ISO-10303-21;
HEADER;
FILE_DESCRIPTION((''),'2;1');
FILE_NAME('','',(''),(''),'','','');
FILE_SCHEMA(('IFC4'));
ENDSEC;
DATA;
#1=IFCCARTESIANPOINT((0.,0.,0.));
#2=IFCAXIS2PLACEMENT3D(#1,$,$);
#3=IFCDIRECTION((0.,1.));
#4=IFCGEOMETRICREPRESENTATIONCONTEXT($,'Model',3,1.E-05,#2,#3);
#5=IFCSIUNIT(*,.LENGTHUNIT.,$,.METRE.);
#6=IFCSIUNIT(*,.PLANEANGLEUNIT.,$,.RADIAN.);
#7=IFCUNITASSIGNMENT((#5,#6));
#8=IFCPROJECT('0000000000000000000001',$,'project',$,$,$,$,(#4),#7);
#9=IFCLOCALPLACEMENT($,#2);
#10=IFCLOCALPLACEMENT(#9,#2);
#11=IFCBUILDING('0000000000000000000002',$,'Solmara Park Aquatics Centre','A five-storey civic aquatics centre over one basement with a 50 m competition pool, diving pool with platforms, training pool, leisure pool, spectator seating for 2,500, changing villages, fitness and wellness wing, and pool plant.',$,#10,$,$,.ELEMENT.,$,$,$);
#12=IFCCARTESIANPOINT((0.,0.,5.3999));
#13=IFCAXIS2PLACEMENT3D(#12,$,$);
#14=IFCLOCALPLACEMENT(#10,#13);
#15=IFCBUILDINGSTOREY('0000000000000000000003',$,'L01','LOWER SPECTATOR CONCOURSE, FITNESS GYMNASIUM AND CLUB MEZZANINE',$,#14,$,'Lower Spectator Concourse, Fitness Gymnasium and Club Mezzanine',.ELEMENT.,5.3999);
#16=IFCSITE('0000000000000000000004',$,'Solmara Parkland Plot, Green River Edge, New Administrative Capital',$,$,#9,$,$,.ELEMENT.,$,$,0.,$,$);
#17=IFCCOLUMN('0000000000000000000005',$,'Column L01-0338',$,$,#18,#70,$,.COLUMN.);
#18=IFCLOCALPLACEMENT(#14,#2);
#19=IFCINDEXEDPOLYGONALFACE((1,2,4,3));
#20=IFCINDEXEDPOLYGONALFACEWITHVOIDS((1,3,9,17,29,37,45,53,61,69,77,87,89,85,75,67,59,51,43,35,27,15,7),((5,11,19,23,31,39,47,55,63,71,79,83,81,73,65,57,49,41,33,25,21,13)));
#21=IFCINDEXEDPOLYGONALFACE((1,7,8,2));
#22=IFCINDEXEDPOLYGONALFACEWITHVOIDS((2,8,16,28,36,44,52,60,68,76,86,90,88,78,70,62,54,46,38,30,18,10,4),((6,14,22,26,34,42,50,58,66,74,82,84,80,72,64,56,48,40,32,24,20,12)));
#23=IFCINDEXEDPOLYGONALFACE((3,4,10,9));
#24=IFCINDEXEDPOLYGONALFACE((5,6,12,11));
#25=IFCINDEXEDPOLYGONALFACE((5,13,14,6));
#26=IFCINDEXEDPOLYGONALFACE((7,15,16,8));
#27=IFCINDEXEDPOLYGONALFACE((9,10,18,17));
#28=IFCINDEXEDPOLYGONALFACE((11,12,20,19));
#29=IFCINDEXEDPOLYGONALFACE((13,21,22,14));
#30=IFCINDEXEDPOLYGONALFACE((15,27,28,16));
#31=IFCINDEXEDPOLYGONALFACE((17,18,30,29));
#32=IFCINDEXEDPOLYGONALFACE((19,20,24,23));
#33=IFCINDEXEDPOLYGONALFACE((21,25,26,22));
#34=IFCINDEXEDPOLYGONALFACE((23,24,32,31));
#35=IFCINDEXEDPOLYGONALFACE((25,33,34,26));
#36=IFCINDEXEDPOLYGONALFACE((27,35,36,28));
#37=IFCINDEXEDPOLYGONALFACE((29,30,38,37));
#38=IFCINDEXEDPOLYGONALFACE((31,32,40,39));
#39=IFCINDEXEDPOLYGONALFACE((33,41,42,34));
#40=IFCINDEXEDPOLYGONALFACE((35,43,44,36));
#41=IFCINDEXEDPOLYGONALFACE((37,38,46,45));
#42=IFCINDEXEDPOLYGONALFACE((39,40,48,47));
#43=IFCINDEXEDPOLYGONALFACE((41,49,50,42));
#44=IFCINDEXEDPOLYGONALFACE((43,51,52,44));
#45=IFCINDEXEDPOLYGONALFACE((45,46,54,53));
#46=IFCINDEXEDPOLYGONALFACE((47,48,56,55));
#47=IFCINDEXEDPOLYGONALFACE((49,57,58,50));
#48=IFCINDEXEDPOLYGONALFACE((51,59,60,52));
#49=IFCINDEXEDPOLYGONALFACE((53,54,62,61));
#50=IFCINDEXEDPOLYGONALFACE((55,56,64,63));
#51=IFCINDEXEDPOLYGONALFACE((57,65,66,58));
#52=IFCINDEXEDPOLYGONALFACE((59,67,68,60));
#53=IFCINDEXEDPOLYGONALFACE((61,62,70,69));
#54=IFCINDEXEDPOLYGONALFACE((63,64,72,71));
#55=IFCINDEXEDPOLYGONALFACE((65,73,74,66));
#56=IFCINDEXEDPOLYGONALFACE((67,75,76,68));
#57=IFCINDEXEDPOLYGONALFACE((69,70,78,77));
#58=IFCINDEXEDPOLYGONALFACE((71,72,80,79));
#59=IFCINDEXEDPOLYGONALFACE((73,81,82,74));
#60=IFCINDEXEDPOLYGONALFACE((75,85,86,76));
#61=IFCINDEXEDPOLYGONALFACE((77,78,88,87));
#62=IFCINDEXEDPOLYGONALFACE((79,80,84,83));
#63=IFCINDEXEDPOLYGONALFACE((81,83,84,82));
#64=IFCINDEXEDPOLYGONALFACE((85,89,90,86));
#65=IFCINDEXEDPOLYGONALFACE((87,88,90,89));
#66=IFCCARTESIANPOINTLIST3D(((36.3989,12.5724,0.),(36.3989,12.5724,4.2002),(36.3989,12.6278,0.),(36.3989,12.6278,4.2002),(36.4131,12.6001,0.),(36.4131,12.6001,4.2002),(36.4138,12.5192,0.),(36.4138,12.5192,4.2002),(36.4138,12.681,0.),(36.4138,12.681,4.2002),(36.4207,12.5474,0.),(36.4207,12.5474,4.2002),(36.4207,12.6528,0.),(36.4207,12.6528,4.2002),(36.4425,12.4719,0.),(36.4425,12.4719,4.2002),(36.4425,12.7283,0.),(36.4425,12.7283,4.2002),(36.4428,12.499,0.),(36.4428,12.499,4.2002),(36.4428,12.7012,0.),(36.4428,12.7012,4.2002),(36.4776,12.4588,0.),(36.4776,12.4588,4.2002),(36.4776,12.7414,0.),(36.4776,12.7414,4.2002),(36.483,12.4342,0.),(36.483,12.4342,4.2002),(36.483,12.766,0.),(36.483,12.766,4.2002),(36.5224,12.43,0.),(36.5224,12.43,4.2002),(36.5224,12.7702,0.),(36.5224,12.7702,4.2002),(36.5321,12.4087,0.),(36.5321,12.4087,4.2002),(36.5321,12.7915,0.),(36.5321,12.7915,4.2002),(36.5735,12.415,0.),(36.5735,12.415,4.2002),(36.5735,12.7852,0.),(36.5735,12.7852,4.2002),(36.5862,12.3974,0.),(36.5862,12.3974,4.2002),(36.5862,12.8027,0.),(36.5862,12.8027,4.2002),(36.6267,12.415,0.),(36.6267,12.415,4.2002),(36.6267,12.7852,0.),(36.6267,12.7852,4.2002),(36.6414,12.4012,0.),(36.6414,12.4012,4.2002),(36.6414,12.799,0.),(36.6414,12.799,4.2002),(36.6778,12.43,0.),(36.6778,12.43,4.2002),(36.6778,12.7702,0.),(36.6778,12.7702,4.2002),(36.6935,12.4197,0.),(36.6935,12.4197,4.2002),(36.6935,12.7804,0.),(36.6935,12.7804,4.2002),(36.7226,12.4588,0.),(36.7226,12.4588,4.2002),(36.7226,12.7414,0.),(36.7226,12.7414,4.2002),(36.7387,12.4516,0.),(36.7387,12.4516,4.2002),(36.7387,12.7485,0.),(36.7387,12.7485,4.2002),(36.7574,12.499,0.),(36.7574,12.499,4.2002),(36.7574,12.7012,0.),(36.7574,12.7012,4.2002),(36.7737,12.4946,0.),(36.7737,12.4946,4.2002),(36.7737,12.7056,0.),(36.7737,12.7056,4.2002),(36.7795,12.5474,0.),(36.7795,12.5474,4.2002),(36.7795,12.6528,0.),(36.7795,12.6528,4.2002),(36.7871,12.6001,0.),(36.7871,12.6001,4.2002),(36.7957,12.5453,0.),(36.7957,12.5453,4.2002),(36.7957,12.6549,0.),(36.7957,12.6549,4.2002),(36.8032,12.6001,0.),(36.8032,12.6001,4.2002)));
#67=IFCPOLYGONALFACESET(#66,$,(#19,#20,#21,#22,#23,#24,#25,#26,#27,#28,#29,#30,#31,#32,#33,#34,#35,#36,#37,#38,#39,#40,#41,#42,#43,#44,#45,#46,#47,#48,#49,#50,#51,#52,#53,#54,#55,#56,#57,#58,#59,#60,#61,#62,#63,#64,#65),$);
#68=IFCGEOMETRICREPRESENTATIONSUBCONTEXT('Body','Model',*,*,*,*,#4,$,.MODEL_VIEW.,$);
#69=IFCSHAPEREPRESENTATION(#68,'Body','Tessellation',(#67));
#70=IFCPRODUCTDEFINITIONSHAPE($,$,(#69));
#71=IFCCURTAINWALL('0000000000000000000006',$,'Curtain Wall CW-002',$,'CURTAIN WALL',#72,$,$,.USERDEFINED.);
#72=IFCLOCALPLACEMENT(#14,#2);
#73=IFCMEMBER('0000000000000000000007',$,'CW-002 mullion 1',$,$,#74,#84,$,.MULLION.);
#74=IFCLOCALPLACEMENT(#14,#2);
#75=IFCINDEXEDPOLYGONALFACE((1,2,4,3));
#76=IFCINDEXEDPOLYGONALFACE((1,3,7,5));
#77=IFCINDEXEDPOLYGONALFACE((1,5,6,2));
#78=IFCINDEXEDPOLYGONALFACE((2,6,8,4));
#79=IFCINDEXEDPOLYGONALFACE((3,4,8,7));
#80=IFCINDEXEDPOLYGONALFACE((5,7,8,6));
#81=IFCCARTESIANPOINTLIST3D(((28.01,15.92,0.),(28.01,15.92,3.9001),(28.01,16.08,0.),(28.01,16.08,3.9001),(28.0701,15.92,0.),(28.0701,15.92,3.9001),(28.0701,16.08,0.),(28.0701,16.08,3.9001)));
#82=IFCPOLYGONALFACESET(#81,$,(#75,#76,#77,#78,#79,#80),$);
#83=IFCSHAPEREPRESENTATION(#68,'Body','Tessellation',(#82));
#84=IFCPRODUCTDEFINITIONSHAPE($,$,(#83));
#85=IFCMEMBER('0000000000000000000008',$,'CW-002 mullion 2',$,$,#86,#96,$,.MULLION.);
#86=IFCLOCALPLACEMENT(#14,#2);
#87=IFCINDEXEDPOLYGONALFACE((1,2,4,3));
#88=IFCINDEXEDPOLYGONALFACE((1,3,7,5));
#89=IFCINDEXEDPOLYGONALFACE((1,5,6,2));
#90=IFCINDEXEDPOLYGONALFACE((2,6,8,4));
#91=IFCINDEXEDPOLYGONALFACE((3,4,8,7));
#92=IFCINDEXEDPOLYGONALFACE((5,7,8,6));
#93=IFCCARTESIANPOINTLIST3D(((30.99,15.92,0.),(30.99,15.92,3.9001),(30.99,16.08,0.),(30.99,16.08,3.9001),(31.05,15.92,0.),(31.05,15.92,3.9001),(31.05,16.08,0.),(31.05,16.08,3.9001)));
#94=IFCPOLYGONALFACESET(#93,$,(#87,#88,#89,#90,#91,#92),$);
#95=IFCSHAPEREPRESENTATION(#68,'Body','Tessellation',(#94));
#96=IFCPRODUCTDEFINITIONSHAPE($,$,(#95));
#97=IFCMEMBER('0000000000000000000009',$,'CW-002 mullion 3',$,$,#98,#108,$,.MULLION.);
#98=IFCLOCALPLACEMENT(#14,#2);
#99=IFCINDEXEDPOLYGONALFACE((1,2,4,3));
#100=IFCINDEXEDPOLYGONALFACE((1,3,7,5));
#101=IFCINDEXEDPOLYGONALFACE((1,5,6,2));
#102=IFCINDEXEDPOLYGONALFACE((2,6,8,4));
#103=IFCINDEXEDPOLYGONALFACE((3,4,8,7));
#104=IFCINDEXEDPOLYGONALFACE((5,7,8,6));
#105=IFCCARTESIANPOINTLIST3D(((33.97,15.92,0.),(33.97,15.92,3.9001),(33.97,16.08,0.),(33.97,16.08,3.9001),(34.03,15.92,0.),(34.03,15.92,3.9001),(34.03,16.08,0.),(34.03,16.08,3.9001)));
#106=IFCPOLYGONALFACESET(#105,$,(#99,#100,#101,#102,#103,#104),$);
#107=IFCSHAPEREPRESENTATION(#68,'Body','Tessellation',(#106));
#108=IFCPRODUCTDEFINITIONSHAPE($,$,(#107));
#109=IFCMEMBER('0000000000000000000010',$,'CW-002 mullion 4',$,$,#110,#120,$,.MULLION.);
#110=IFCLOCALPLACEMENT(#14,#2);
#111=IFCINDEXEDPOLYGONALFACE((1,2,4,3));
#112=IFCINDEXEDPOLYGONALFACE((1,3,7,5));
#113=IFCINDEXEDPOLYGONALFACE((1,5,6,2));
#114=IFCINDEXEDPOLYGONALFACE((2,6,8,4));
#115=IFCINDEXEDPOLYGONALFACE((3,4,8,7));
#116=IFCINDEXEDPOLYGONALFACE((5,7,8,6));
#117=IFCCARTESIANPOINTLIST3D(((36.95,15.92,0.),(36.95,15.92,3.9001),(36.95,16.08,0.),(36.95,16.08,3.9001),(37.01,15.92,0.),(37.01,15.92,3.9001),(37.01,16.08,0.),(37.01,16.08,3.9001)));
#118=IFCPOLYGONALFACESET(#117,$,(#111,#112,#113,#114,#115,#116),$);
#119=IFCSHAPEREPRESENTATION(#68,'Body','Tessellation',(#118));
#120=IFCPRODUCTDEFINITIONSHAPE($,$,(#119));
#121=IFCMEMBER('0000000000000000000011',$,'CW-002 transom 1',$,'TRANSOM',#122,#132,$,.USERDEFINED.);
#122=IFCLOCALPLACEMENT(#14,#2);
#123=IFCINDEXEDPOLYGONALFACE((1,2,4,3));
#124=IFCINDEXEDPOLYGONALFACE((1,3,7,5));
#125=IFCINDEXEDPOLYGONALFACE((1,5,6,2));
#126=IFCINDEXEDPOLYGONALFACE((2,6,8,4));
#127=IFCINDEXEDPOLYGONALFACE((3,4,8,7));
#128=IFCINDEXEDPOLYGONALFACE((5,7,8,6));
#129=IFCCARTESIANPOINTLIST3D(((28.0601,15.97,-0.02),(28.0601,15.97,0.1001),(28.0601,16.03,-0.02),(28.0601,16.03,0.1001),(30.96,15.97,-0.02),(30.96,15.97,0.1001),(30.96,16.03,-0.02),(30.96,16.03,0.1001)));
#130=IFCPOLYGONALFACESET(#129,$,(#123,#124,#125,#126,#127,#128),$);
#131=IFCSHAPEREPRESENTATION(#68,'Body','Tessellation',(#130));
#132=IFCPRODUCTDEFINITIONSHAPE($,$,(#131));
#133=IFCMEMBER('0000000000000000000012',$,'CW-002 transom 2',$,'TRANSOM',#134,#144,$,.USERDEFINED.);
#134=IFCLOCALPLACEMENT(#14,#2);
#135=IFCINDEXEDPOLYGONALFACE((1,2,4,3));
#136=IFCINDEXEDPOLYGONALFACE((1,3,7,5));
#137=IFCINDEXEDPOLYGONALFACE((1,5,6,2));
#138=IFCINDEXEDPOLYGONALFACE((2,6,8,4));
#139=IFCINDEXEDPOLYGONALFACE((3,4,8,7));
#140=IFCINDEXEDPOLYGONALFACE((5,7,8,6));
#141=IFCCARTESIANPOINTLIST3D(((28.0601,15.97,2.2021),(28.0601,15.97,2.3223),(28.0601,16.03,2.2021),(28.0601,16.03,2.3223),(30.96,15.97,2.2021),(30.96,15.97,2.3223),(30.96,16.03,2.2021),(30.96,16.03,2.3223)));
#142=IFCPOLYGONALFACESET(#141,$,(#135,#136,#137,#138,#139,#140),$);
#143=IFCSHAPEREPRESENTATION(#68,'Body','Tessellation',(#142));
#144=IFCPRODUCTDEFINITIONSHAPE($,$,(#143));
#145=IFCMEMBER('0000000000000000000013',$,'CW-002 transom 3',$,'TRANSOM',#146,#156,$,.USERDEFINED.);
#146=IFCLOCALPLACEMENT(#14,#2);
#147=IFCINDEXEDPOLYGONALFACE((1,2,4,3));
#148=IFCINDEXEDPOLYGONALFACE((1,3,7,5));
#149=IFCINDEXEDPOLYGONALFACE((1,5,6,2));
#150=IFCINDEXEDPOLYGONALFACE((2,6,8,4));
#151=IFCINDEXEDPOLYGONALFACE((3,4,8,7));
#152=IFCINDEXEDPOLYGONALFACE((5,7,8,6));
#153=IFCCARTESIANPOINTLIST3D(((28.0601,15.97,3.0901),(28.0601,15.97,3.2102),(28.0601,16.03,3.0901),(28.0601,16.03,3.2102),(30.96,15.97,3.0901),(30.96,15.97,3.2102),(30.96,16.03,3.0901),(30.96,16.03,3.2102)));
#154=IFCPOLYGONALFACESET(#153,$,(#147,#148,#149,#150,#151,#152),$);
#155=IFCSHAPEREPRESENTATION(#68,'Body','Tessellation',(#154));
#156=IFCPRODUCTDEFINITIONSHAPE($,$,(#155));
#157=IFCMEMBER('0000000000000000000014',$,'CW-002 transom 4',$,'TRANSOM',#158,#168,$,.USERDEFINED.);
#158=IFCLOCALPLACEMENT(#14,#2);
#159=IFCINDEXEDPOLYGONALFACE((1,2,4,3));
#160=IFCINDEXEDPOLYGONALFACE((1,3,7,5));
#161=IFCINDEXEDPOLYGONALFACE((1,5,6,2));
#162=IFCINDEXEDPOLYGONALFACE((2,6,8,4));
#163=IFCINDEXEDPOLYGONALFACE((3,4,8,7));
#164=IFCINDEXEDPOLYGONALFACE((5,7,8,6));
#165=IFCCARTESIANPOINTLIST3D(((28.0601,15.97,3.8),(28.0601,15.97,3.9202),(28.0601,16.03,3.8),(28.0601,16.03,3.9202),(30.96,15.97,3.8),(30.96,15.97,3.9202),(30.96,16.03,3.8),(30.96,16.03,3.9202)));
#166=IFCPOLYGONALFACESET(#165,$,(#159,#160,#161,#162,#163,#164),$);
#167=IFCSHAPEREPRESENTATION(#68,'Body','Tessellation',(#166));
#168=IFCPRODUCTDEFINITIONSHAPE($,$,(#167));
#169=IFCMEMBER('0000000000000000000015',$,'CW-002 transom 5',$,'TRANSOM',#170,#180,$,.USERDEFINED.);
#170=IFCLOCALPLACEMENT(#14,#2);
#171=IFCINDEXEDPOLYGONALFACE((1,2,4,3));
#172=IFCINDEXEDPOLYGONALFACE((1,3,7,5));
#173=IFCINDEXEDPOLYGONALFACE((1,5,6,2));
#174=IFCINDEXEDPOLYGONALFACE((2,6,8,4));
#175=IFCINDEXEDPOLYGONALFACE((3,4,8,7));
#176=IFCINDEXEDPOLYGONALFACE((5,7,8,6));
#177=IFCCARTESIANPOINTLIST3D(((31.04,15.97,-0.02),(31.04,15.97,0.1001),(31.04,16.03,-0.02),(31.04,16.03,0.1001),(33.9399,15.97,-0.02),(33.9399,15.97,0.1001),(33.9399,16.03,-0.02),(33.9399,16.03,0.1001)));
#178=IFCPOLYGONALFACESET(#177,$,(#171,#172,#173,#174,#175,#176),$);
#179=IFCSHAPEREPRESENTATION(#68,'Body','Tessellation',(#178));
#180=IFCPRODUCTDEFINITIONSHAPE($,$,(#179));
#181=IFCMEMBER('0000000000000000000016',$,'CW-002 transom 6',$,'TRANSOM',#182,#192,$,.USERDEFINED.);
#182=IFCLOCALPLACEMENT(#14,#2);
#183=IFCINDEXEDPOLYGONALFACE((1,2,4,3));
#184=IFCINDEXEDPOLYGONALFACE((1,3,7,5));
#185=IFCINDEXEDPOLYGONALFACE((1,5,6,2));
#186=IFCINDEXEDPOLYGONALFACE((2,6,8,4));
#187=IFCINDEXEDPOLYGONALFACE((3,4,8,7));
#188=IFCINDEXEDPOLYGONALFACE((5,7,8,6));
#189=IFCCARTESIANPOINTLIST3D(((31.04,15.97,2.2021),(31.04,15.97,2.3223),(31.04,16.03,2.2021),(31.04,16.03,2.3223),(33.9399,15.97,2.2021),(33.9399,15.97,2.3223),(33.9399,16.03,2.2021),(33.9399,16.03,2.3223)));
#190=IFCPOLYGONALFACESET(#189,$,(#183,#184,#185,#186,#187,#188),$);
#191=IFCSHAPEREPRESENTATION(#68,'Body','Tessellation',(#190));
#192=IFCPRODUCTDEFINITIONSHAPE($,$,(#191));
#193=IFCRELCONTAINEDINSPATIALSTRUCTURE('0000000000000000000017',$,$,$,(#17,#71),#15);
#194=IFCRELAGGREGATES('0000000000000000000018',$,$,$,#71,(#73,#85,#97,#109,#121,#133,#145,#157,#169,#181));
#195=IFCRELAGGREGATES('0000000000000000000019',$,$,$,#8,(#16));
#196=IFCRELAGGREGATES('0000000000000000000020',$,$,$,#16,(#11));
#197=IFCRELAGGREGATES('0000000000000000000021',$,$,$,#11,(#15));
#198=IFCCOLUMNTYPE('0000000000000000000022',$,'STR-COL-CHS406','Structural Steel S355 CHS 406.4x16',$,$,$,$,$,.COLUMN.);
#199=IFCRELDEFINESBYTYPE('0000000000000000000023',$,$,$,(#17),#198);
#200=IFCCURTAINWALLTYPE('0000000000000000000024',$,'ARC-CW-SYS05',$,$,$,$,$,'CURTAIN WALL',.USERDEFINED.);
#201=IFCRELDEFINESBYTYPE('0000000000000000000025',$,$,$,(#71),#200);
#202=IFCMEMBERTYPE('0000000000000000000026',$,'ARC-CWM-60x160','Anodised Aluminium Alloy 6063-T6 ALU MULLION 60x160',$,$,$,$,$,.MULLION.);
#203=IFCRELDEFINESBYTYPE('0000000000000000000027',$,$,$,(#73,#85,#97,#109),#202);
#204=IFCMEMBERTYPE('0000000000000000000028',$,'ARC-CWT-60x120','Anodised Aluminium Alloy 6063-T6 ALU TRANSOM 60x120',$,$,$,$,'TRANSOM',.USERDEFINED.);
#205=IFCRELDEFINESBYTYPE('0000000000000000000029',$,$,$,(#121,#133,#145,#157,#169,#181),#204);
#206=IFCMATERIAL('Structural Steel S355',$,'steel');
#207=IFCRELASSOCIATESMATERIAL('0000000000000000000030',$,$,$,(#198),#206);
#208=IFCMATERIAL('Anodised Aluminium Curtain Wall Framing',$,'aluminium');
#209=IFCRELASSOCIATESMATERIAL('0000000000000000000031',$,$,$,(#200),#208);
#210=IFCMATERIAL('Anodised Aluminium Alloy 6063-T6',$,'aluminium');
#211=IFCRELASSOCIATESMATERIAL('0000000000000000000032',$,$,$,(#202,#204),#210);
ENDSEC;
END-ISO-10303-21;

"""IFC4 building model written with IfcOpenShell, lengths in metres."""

from ifc_helpers import new_model, si_unit, direction, frame, origin, origin_2d, place, context, subcontext, project, spatial, rectangle, hollow_circle, extrude, material, material_profile, profile_set, type_object, element, aggregate, save


model = new_model("IFC4")

# Units and contexts
model_context = context("Model", 3, precision=1e-05, world=origin(), true_north=direction((0.0, 1.0)))
body_context = subcontext(model_context, "Body", "Model", "MODEL_VIEW")
ifc_project = project(units=[si_unit("LENGTHUNIT", "METRE"), si_unit("PLANEANGLEUNIT", "RADIAN")], contexts=[model_context])

# Site, building, storey
site_placement = place(None, origin())
site = spatial("IfcSite", under=ifc_project, at=site_placement, Name="Solmara Parkland Plot, Green River Edge, New Administrative Capital", CompositionType="ELEMENT", RefElevation=0.0)
building_placement = place(site_placement, origin())
building = spatial("IfcBuilding", under=site, at=building_placement, Name="Solmara Park Aquatics Centre", Description="A five-storey civic aquatics centre over one basement with a 50 m competition pool, diving pool with platforms, training pool, leisure pool, spectator seating for 2,500, changing villages, fitness and wellness wing, and pool plant.", CompositionType="ELEMENT")
storey_placement = place(building_placement, frame((0.0, 0.0, 5.3999)))
storey = spatial("IfcBuildingStorey", under=building, at=storey_placement, Name="L01", Description="LOWER SPECTATOR CONCOURSE, FITNESS GYMNASIUM AND CLUB MEZZANINE", LongName="Lower Spectator Concourse, Fitness Gymnasium and Club Mezzanine", CompositionType="ELEMENT", Elevation=5.3999)

# Column
ifc_material_1 = material(Name="Structural Steel S355", Category="steel")
ifc_material_profile_1 = material_profile(ifc_material_1, hollow_circle(Radius=0.2031, WallThickness=0.0161, at=origin_2d()), Name="CHS 406.4x16")
ifc_profile_set_1 = profile_set([ifc_material_profile_1], Name="Structural Steel S355")
column_type = type_object("IfcColumnType", Name="STR-COL-CHS406", Description="Structural Steel S355 CHS 406.4x16", PredefinedType="COLUMN", material=ifc_profile_set_1)
column_placement = place(storey_placement, frame((36.6001, 12.6001, 0.0), z_axis=(0.0, 0.0, 1.0), x_axis=(1.0, 0.0, 0.0)))
element("IfcColumn", 1, at=column_placement, inside=storey, type_object=column_type, Name="Column L01-0338", PredefinedType="COLUMN", context=body_context, shape_type="SweptSolid", body=[
    extrude(hollow_circle(Radius=0.2031, WallThickness=0.0161, at=origin_2d()), origin(), (0.0, 0.0, 1.0), 4.2002),
])

# Curtain wall, members
ifc_material_2 = material(Name="Anodised Aluminium Curtain Wall Framing", Category="aluminium")
curtain_wall_type = type_object("IfcCurtainWallType", Name="ARC-CW-SYS05", ElementType="CURTAIN WALL", PredefinedType="USERDEFINED", material=ifc_material_2)
curtain_wall_placement = place(storey_placement, origin())
curtain_wall = element("IfcCurtainWall", 2, at=curtain_wall_placement, inside=storey, type_object=curtain_wall_type, Name="Curtain Wall CW-002", ObjectType="CURTAIN WALL", PredefinedType="USERDEFINED")
ifc_material_3 = material(Name="Anodised Aluminium Alloy 6063-T6", Category="aluminium")
ifc_material_profile_2 = material_profile(ifc_material_3, rectangle(XDim=0.0601, YDim=0.1599, at=origin_2d()), Name="ALU MULLION 60x160")
ifc_profile_set_2 = profile_set([ifc_material_profile_2], Name="Anodised Aluminium Alloy 6063-T6")
member_type_1 = type_object("IfcMemberType", Name="ARC-CWM-60x160", Description="Anodised Aluminium Alloy 6063-T6 ALU MULLION 60x160", PredefinedType="MULLION", material=ifc_profile_set_2)
member_1_placement = place(storey_placement, frame((28.04, 16.0, 0.0), z_axis=(0.0, 0.0, 1.0), x_axis=(1.0, 0.0, 0.0)))
member_1 = element("IfcMember", 3, at=member_1_placement, type_object=member_type_1, Name="CW-002 mullion 1", PredefinedType="MULLION", context=body_context, shape_type="SweptSolid", body=[
    extrude(rectangle(XDim=0.0601, YDim=0.1599, at=origin_2d()), origin(), (0.0, 0.0, 1.0), 3.9001),
])
member_2_placement = place(storey_placement, frame((31.02, 16.0, 0.0), z_axis=(0.0, 0.0, 1.0), x_axis=(1.0, 0.0, 0.0)))
member_2 = element("IfcMember", 4, at=member_2_placement, type_object=member_type_1, Name="CW-002 mullion 2", PredefinedType="MULLION", context=body_context, shape_type="SweptSolid", body=[
    extrude(rectangle(XDim=0.0601, YDim=0.1599, at=origin_2d()), origin(), (0.0, 0.0, 1.0), 3.9001),
])
member_3_placement = place(storey_placement, frame((34.0, 16.0, 0.0), z_axis=(0.0, 0.0, 1.0), x_axis=(1.0, 0.0, 0.0)))
member_3 = element("IfcMember", 5, at=member_3_placement, type_object=member_type_1, Name="CW-002 mullion 3", PredefinedType="MULLION", context=body_context, shape_type="SweptSolid", body=[
    extrude(rectangle(XDim=0.0601, YDim=0.1599, at=origin_2d()), origin(), (0.0, 0.0, 1.0), 3.9001),
])
member_4_placement = place(storey_placement, frame((36.98, 16.0, 0.0), z_axis=(0.0, 0.0, 1.0), x_axis=(1.0, 0.0, 0.0)))
member_4 = element("IfcMember", 6, at=member_4_placement, type_object=member_type_1, Name="CW-002 mullion 4", PredefinedType="MULLION", context=body_context, shape_type="SweptSolid", body=[
    extrude(rectangle(XDim=0.0601, YDim=0.1599, at=origin_2d()), origin(), (0.0, 0.0, 1.0), 3.9001),
])
ifc_material_profile_3 = material_profile(ifc_material_3, rectangle(XDim=0.0601, YDim=0.1201, at=origin_2d()), Name="ALU TRANSOM 60x120")
ifc_profile_set_3 = profile_set([ifc_material_profile_3], Name="Anodised Aluminium Alloy 6063-T6")
member_type_2 = type_object("IfcMemberType", Name="ARC-CWT-60x120", Description="Anodised Aluminium Alloy 6063-T6 ALU TRANSOM 60x120", ElementType="TRANSOM", PredefinedType="USERDEFINED", material=ifc_profile_set_3)
member_5_placement = place(storey_placement, frame((28.0601, 16.0, 0.04), z_axis=(1.0, 0.0, 0.0), x_axis=(0.0, 1.0, 0.0)))
member_5 = element("IfcMember", 7, at=member_5_placement, type_object=member_type_2, Name="CW-002 transom 1", ObjectType="TRANSOM", PredefinedType="USERDEFINED", context=body_context, shape_type="SweptSolid", body=[
    extrude(rectangle(XDim=0.0601, YDim=0.1201, at=origin_2d()), origin(), (0.0, 0.0, 1.0), 2.8999),
])
member_6_placement = place(storey_placement, frame((28.0601, 16.0, 2.2622), z_axis=(1.0, 0.0, 0.0), x_axis=(0.0, 1.0, 0.0)))
member_6 = element("IfcMember", 8, at=member_6_placement, type_object=member_type_2, Name="CW-002 transom 2", ObjectType="TRANSOM", PredefinedType="USERDEFINED", context=body_context, shape_type="SweptSolid", body=[
    extrude(rectangle(XDim=0.0601, YDim=0.1201, at=origin_2d()), origin(), (0.0, 0.0, 1.0), 2.8999),
])
member_7_placement = place(storey_placement, frame((28.0601, 16.0, 3.1501), z_axis=(1.0, 0.0, 0.0), x_axis=(0.0, 1.0, 0.0)))
member_7 = element("IfcMember", 9, at=member_7_placement, type_object=member_type_2, Name="CW-002 transom 3", ObjectType="TRANSOM", PredefinedType="USERDEFINED", context=body_context, shape_type="SweptSolid", body=[
    extrude(rectangle(XDim=0.0601, YDim=0.1201, at=origin_2d()), origin(), (0.0, 0.0, 1.0), 2.8999),
])
member_8_placement = place(storey_placement, frame((28.0601, 16.0, 3.8601), z_axis=(1.0, 0.0, 0.0), x_axis=(0.0, 1.0, 0.0)))
member_8 = element("IfcMember", 10, at=member_8_placement, type_object=member_type_2, Name="CW-002 transom 4", ObjectType="TRANSOM", PredefinedType="USERDEFINED", context=body_context, shape_type="SweptSolid", body=[
    extrude(rectangle(XDim=0.0601, YDim=0.1201, at=origin_2d()), origin(), (0.0, 0.0, 1.0), 2.8999),
])
member_9_placement = place(storey_placement, frame((31.04, 16.0, 0.04), z_axis=(1.0, 0.0, 0.0), x_axis=(0.0, 1.0, 0.0)))
member_9 = element("IfcMember", 11, at=member_9_placement, type_object=member_type_2, Name="CW-002 transom 5", ObjectType="TRANSOM", PredefinedType="USERDEFINED", context=body_context, shape_type="SweptSolid", body=[
    extrude(rectangle(XDim=0.0601, YDim=0.1201, at=origin_2d()), origin(), (0.0, 0.0, 1.0), 2.8999),
])
member_10_placement = place(storey_placement, frame((31.04, 16.0, 2.2622), z_axis=(1.0, 0.0, 0.0), x_axis=(0.0, 1.0, 0.0)))
member_10 = element("IfcMember", 12, at=member_10_placement, type_object=member_type_2, Name="CW-002 transom 6", ObjectType="TRANSOM", PredefinedType="USERDEFINED", context=body_context, shape_type="SweptSolid", body=[
    extrude(rectangle(XDim=0.0601, YDim=0.1201, at=origin_2d()), origin(), (0.0, 0.0, 1.0), 2.8999),
])

aggregate(curtain_wall, [member_1, member_2, member_3, member_4, member_5, member_6, member_7, member_8, member_9, member_10])

save(model, "model.ifc")
